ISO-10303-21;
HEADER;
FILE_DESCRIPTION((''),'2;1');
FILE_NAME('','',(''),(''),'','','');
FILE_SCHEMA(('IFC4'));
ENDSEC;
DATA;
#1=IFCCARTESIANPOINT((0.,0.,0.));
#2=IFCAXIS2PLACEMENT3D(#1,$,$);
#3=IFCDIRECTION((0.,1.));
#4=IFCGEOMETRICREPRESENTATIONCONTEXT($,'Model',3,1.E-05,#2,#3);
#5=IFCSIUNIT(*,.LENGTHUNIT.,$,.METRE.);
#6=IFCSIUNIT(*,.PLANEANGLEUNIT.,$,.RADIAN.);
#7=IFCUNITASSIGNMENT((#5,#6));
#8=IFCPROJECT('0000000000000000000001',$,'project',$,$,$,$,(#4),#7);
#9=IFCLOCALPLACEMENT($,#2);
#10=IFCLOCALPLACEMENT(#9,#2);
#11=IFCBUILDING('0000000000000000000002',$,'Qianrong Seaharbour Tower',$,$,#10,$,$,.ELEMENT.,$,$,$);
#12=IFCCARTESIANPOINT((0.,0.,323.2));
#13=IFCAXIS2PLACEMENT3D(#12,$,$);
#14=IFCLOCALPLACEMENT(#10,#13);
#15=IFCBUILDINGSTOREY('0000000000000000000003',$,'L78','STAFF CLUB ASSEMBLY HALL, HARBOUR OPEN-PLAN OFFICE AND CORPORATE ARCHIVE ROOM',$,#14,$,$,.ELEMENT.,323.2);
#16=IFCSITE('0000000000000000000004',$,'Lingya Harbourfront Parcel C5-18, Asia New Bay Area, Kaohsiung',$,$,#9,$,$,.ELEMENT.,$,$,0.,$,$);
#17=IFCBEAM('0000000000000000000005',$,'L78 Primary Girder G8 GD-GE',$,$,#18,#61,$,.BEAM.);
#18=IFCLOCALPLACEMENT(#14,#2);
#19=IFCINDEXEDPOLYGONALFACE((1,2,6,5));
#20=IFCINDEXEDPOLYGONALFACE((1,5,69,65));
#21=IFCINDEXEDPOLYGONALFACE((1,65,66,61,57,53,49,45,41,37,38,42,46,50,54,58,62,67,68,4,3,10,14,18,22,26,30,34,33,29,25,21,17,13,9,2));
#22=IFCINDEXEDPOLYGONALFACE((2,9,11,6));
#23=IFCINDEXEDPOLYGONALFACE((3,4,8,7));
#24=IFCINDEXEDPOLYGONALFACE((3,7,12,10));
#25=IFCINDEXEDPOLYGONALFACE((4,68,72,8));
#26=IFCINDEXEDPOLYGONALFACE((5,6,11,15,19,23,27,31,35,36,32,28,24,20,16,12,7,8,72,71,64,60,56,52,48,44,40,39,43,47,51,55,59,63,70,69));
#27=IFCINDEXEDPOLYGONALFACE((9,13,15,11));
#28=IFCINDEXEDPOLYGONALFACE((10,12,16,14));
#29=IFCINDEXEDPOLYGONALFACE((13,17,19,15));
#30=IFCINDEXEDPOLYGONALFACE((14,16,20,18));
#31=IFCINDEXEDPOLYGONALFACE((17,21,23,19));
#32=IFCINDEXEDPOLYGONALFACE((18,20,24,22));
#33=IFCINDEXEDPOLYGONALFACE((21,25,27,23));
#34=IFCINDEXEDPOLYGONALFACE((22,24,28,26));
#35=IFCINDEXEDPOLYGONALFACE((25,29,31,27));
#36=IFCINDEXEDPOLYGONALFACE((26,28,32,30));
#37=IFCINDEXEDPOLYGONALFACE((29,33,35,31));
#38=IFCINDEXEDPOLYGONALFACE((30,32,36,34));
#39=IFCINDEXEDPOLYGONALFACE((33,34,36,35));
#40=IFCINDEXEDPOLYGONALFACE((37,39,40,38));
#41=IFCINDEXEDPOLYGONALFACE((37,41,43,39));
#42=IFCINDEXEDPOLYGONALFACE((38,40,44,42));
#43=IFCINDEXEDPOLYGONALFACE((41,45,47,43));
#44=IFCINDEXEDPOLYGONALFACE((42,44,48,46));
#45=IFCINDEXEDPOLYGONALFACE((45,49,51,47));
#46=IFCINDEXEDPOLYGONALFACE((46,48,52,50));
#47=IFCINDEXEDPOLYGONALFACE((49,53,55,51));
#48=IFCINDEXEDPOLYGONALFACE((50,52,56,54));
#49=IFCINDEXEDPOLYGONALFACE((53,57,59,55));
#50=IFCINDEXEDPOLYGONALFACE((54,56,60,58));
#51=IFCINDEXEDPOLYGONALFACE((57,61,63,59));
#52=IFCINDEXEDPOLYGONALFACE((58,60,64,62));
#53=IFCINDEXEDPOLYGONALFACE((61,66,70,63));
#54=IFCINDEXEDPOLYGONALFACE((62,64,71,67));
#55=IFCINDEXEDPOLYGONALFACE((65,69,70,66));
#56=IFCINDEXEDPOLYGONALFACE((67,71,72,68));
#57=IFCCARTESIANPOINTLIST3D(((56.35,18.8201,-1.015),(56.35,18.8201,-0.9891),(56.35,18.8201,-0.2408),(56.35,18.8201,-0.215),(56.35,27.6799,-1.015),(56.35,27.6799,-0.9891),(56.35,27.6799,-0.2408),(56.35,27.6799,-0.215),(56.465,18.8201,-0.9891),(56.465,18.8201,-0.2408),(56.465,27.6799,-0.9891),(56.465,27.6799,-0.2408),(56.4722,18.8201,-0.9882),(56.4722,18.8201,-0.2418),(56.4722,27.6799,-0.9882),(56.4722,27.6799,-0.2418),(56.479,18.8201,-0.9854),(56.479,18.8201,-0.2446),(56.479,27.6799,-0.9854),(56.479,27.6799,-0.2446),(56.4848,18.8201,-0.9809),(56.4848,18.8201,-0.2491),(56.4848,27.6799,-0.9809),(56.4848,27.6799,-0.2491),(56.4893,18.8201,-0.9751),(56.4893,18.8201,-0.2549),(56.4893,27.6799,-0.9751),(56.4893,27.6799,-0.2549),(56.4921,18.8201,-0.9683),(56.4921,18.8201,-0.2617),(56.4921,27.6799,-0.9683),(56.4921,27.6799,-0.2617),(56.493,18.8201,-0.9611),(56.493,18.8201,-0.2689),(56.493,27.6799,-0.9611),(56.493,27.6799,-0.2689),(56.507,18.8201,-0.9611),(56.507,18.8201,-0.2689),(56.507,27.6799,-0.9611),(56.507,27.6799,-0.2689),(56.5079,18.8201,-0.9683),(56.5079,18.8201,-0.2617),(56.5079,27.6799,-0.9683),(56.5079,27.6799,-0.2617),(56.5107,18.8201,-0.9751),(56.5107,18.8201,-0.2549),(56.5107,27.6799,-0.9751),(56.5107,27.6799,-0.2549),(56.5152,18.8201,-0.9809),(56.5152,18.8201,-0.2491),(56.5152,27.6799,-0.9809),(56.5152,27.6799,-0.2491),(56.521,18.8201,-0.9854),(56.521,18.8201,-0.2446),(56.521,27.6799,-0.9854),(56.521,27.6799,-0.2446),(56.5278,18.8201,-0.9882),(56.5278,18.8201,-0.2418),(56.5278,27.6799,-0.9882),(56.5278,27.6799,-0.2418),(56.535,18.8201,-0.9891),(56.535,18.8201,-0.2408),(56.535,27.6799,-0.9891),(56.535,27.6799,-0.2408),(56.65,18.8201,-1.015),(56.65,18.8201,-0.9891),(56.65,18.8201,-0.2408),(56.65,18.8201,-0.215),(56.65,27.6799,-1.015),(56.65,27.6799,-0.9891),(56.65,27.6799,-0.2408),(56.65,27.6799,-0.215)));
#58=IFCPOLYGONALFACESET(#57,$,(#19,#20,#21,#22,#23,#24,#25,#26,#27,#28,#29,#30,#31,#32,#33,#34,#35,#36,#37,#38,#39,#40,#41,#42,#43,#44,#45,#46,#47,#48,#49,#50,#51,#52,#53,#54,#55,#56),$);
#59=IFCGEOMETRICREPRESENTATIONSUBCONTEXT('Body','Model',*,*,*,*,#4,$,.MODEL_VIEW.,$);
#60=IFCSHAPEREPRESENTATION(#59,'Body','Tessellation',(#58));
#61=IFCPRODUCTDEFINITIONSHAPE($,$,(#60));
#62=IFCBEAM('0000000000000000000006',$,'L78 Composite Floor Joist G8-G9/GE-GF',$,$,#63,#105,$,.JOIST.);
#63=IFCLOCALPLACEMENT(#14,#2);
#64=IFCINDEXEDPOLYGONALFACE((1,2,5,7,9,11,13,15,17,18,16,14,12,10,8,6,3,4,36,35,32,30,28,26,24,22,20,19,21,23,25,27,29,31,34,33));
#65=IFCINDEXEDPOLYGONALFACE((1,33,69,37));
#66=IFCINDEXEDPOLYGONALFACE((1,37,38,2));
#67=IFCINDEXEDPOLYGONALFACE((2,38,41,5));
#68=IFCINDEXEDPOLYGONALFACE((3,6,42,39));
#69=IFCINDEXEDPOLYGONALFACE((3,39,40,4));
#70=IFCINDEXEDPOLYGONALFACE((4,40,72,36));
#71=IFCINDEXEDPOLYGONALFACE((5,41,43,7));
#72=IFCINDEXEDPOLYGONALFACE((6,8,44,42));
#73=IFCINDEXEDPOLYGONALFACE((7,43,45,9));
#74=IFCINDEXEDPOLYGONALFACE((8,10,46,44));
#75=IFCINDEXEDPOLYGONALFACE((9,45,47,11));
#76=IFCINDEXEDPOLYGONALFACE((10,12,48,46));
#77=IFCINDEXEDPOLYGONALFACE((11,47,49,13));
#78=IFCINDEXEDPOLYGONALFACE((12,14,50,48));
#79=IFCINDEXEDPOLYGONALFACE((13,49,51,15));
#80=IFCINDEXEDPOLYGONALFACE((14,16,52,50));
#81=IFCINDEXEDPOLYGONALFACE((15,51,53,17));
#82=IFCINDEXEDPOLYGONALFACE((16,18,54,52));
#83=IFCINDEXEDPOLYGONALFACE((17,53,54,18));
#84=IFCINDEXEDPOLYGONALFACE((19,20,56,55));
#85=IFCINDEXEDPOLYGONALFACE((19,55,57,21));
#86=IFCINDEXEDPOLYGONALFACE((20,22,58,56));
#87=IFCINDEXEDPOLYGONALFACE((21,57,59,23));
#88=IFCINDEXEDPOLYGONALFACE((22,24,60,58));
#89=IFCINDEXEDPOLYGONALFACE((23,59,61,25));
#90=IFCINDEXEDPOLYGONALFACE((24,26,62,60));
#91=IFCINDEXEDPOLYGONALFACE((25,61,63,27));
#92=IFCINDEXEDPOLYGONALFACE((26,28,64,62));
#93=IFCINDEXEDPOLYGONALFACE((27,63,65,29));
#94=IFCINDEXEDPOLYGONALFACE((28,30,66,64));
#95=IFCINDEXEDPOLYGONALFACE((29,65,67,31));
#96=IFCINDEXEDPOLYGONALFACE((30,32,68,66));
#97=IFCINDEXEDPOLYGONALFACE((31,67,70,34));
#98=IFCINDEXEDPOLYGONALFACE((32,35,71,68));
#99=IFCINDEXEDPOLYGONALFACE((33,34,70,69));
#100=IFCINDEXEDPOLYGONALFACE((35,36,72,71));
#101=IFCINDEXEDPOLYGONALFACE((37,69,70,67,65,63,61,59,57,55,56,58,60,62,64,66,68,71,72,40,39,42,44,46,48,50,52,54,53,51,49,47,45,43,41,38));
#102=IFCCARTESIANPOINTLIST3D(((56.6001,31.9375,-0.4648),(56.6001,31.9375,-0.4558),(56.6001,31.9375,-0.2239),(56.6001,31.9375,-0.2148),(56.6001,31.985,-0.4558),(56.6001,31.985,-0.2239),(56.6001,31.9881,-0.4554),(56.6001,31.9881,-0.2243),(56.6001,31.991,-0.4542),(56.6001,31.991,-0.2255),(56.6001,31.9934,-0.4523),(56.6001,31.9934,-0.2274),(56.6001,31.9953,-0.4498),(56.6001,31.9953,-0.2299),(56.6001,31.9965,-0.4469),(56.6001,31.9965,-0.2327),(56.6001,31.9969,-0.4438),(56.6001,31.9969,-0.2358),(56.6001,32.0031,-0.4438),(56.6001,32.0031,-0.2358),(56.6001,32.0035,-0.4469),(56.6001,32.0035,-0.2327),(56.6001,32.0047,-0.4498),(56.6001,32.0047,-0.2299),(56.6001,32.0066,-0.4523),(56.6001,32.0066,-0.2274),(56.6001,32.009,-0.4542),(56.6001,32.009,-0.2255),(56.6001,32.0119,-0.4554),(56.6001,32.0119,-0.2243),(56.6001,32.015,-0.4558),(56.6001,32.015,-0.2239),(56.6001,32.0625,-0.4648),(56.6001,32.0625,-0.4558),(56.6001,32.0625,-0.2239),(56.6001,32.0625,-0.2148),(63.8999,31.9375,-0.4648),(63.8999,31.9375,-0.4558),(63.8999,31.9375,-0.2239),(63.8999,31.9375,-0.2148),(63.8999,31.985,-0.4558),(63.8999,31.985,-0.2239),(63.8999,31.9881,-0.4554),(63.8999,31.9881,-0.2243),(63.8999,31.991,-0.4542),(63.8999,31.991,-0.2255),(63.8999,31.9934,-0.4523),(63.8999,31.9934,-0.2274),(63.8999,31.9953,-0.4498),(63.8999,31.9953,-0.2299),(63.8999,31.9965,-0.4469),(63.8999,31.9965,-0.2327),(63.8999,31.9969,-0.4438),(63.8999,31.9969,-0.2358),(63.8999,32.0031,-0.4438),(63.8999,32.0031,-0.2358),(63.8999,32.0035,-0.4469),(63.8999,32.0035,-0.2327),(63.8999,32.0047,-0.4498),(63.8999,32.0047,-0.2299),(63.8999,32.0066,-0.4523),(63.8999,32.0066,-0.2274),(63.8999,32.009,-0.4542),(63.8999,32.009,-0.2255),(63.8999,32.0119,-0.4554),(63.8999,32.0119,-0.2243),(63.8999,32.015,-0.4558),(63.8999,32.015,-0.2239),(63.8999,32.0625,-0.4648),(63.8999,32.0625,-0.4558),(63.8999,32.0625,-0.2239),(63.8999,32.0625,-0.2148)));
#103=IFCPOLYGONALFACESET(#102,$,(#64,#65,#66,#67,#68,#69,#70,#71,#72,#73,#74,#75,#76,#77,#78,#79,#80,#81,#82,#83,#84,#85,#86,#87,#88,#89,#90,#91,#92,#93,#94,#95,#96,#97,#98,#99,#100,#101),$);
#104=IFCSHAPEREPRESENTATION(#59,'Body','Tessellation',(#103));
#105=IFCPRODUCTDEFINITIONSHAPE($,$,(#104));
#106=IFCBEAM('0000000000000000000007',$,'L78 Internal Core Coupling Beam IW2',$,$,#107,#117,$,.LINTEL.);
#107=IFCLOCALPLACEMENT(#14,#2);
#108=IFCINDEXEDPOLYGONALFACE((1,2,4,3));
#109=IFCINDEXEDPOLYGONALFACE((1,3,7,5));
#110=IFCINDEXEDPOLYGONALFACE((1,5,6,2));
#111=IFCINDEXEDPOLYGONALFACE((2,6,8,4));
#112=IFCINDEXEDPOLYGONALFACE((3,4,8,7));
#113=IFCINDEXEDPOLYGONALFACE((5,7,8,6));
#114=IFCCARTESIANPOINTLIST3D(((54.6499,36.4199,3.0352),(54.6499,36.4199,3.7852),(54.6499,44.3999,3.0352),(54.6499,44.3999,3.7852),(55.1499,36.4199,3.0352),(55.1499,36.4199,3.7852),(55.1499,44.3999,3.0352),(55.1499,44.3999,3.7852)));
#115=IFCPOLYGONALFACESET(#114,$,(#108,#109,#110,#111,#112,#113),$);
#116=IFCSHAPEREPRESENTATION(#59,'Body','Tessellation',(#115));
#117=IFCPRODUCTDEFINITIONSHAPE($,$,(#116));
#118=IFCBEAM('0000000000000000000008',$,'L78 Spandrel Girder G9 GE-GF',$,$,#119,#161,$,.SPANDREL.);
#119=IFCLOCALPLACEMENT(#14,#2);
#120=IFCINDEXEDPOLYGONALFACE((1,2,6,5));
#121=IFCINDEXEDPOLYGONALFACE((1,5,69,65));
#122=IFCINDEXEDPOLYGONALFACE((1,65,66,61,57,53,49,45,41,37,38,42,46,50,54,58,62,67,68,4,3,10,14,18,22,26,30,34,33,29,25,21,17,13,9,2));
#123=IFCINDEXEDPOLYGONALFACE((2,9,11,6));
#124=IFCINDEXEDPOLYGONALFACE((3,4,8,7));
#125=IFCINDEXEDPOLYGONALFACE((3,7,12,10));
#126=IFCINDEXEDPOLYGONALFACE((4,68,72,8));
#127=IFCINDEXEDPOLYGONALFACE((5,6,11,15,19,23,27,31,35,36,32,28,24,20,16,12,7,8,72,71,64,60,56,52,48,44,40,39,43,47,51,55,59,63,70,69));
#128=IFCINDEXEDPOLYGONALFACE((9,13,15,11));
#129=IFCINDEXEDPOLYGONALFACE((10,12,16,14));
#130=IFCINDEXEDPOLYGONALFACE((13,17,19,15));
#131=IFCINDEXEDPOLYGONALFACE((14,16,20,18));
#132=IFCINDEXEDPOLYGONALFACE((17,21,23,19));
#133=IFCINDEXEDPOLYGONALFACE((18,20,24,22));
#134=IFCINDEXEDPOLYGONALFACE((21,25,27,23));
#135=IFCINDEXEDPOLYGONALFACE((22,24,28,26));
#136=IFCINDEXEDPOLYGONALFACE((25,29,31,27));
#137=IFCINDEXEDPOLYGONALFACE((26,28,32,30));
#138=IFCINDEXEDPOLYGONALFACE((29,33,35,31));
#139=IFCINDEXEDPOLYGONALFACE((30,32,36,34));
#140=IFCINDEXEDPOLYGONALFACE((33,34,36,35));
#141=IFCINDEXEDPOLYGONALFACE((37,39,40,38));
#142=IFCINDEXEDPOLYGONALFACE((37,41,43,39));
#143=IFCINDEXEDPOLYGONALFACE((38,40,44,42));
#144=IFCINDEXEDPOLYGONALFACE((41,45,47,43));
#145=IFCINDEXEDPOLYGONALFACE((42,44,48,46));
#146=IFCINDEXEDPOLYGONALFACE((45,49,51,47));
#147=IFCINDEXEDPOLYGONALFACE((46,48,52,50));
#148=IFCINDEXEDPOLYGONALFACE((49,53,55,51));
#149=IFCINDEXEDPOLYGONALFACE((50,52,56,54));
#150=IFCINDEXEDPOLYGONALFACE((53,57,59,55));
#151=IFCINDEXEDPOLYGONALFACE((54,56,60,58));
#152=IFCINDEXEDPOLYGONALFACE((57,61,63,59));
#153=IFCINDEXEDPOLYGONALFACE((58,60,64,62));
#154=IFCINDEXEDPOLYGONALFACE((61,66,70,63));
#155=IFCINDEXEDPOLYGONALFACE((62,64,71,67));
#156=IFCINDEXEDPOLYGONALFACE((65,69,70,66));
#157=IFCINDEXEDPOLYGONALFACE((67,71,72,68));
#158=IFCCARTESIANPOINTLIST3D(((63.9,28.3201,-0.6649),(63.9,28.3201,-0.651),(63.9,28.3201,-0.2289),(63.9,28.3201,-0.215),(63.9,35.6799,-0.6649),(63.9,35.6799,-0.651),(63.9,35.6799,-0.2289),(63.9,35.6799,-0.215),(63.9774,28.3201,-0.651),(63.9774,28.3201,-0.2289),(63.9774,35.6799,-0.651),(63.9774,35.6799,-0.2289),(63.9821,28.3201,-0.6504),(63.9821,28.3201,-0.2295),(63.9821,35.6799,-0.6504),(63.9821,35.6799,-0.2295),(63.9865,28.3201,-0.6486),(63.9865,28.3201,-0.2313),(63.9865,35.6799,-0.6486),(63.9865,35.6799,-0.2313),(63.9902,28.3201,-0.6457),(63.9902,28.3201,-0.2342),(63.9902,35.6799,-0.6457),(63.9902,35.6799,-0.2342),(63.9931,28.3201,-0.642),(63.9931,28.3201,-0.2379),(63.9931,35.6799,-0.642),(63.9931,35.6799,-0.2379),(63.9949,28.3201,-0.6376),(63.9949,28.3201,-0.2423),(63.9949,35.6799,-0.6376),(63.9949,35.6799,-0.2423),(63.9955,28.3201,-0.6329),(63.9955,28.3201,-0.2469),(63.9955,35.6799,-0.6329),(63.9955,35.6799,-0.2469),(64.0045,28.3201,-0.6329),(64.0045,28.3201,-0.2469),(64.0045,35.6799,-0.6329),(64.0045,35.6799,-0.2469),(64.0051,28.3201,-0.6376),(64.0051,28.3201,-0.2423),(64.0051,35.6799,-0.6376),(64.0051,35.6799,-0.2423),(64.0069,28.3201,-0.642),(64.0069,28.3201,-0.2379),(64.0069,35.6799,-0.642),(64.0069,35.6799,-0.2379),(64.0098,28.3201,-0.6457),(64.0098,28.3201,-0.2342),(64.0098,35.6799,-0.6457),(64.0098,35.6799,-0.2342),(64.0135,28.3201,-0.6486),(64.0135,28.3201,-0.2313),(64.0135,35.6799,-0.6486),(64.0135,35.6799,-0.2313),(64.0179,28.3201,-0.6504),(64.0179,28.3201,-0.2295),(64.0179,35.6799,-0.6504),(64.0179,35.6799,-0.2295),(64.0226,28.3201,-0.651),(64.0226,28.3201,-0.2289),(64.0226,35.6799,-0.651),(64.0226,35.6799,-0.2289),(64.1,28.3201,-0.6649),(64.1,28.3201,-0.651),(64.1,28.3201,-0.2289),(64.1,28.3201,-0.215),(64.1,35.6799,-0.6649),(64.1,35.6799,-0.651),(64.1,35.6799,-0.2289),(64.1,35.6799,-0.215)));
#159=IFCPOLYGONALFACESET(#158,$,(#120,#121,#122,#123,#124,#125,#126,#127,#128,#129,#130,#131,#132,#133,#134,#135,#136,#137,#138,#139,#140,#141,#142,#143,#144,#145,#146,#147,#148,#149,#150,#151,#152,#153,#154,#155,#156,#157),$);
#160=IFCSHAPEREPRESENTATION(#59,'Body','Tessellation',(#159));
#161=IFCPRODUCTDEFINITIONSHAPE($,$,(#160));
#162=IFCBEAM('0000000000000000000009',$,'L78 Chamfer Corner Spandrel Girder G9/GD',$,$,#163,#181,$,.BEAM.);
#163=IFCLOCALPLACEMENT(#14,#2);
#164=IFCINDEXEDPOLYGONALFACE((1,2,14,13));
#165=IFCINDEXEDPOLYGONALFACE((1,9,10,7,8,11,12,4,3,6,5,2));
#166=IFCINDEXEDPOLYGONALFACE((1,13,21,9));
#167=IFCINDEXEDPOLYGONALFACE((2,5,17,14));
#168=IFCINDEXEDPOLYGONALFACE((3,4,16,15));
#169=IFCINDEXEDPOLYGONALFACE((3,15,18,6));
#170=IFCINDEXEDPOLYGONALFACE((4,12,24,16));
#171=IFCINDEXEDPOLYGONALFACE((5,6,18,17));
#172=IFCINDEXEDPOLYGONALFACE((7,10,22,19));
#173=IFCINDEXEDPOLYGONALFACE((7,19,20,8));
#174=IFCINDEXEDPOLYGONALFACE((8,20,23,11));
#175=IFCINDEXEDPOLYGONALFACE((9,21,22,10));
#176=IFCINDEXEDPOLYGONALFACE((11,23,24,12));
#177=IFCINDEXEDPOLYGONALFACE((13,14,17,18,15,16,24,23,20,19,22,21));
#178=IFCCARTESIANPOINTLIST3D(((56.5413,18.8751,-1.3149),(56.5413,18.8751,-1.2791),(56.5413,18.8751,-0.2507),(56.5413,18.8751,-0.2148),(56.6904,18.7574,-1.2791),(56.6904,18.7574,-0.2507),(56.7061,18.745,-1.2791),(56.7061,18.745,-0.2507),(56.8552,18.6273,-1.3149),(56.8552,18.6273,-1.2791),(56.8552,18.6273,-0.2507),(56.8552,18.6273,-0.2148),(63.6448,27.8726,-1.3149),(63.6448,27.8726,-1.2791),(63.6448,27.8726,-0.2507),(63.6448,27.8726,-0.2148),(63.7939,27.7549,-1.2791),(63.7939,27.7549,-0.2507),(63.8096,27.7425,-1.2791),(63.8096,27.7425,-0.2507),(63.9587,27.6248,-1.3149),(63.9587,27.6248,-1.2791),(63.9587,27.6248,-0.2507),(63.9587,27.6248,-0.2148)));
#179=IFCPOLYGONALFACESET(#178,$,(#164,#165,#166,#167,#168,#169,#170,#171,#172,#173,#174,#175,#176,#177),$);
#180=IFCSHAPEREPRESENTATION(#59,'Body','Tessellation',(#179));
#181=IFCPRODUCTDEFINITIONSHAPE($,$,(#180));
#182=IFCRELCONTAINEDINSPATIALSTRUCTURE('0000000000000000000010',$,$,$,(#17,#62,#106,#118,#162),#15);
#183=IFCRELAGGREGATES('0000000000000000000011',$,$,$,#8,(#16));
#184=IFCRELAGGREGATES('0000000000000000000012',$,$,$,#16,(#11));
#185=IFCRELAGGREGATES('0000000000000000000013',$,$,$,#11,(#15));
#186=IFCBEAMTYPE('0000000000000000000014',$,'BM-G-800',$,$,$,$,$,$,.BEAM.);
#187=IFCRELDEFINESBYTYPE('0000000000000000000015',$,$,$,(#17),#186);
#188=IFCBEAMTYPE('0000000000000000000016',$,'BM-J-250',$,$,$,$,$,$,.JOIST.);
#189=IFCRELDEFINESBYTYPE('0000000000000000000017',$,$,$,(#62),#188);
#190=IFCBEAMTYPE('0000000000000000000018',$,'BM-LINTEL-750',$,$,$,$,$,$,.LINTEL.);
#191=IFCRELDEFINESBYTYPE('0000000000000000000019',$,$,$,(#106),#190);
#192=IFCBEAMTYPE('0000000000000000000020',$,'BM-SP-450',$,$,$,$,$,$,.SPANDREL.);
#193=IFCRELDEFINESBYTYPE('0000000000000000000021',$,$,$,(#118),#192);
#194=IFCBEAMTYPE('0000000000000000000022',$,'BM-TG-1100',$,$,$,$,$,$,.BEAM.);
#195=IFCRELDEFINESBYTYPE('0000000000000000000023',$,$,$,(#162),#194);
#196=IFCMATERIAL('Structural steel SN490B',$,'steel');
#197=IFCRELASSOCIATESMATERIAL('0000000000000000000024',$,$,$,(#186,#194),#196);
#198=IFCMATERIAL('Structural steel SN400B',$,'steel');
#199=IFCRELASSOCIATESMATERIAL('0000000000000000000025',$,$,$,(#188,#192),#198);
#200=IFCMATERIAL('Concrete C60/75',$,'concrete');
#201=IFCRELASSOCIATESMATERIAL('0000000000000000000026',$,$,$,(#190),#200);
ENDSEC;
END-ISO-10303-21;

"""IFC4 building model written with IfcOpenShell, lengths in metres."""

from ifc_helpers import new_model, si_unit, direction, frame, origin, origin_2d, place, context, subcontext, project, spatial, rectangle, i_section, extrude, material, material_profile, profile_set, type_object, element, save


model = new_model("IFC4")

# Units and contexts
model_context = context("Model", 3, precision=1e-05, world=origin(), true_north=direction((0.0, 1.0)))
body_context = subcontext(model_context, "Body", "Model", "MODEL_VIEW")
ifc_project = project(units=[si_unit("LENGTHUNIT", "METRE"), si_unit("PLANEANGLEUNIT", "RADIAN")], contexts=[model_context])

# Site, building, storey
site_placement = place(None, origin())
site = spatial("IfcSite", under=ifc_project, at=site_placement, Name="Lingya Harbourfront Parcel C5-18, Asia New Bay Area, Kaohsiung", CompositionType="ELEMENT", RefElevation=0.0)
building_placement = place(site_placement, origin())
building = spatial("IfcBuilding", under=site, at=building_placement, Name="Qianrong Seaharbour Tower", CompositionType="ELEMENT")
storey_placement = place(building_placement, frame((0.0, 0.0, 323.2)))
storey = spatial("IfcBuildingStorey", under=building, at=storey_placement, Name="L78", Description="STAFF CLUB ASSEMBLY HALL, HARBOUR OPEN-PLAN OFFICE AND CORPORATE ARCHIVE ROOM", CompositionType="ELEMENT", Elevation=323.2)

# Shared definitions
ifc_material_1 = material(Name="Structural steel SN490B", Category="steel")
ifc_material_2 = material(Name="Structural steel SN400B", Category="steel")

# Beams
ifc_material_profile_1 = material_profile(ifc_material_1, i_section(OverallWidth=0.3, OverallDepth=0.8, WebThickness=0.0139, FlangeThickness=0.0259, FilletRadius=0.0281, at=origin_2d()), Name="H800x300x14x26")
ifc_profile_set_1 = profile_set([ifc_material_profile_1], Name="Structural steel SN490B")
beam_type_1 = type_object("IfcBeamType", Name="BM-G-800", PredefinedType="BEAM", material=ifc_profile_set_1)
beam_1_placement = place(storey_placement, frame((56.5, 18.8201, -0.615), z_axis=(0.0, 1.0, 0.0), x_axis=(-1.0, 0.0, 0.0)))
element("IfcBeam", 1, at=beam_1_placement, inside=storey, type_object=beam_type_1, Name="L78 Primary Girder G8 GD-GE", PredefinedType="BEAM", context=body_context, shape_type="SweptSolid", body=[
    extrude(i_section(OverallWidth=0.3, OverallDepth=0.8, WebThickness=0.0139, FlangeThickness=0.0259, FilletRadius=0.0281, at=origin_2d()), origin(), (0.0, 0.0, 1.0), 8.8599),
])
ifc_material_profile_2 = material_profile(ifc_material_2, i_section(OverallWidth=0.125, OverallDepth=0.25, WebThickness=0.0061, FlangeThickness=0.009, FilletRadius=0.012, at=origin_2d()), Name="H250x125x6x9")
ifc_profile_set_2 = profile_set([ifc_material_profile_2], Name="Structural steel SN400B")
beam_type_2 = type_object("IfcBeamType", Name="BM-J-250", PredefinedType="JOIST", material=ifc_profile_set_2)
beam_2_placement = place(storey_placement, frame((56.6001, 32.0, -0.3398), z_axis=(1.0, 0.0, 0.0), x_axis=(0.0, 1.0, 0.0)))
element("IfcBeam", 2, at=beam_2_placement, inside=storey, type_object=beam_type_2, Name="L78 Composite Floor Joist G8-G9/GE-GF", PredefinedType="JOIST", context=body_context, shape_type="SweptSolid", body=[
    extrude(i_section(OverallWidth=0.125, OverallDepth=0.25, WebThickness=0.0061, FlangeThickness=0.009, FilletRadius=0.012, at=origin_2d()), origin(), (0.0, 0.0, 1.0), 7.2998),
])
ifc_material_3 = material(Name="Concrete C60/75", Category="concrete")
ifc_material_profile_3 = material_profile(ifc_material_3, rectangle(XDim=0.5, YDim=0.75, at=origin_2d()), Name="RC500x750")
ifc_profile_set_3 = profile_set([ifc_material_profile_3], Name="Concrete C60/75")
beam_type_3 = type_object("IfcBeamType", Name="BM-LINTEL-750", PredefinedType="LINTEL", material=ifc_profile_set_3)
beam_3_placement = place(storey_placement, frame((54.8999, 36.4199, 3.4102), z_axis=(0.0, 1.0, 0.0), x_axis=(-1.0, 0.0, 0.0)))
element("IfcBeam", 3, at=beam_3_placement, inside=storey, type_object=beam_type_3, Name="L78 Internal Core Coupling Beam IW2", PredefinedType="LINTEL", context=body_context, shape_type="SweptSolid", body=[
    extrude(rectangle(XDim=0.5, YDim=0.75, at=origin_2d()), origin(), (0.0, 0.0, 1.0), 7.98),
])
ifc_material_profile_4 = material_profile(ifc_material_2, i_section(OverallWidth=0.2, OverallDepth=0.45, WebThickness=0.009, FlangeThickness=0.0139, FilletRadius=0.0181, at=origin_2d()), Name="H450x200x9x14")
ifc_profile_set_4 = profile_set([ifc_material_profile_4], Name="Structural steel SN400B")
beam_type_4 = type_object("IfcBeamType", Name="BM-SP-450", PredefinedType="SPANDREL", material=ifc_profile_set_4)
beam_4_placement = place(storey_placement, frame((64.0, 28.3201, -0.4399), z_axis=(0.0, 1.0, 0.0), x_axis=(-1.0, 0.0, 0.0)))
element("IfcBeam", 4, at=beam_4_placement, inside=storey, type_object=beam_type_4, Name="L78 Spandrel Girder G9 GE-GF", PredefinedType="SPANDREL", context=body_context, shape_type="SweptSolid", body=[
    extrude(i_section(OverallWidth=0.2, OverallDepth=0.45, WebThickness=0.009, FlangeThickness=0.0139, FilletRadius=0.0181, at=origin_2d()), origin(), (0.0, 0.0, 1.0), 7.3599),
])
ifc_material_profile_5 = material_profile(ifc_material_1, i_section(OverallWidth=0.3999, OverallDepth=1.1001, WebThickness=0.02, FlangeThickness=0.0359, at=origin_2d()), Name="BH1100x400x20x36")
ifc_profile_set_5 = profile_set([ifc_material_profile_5], Name="Structural steel SN490B")
beam_type_5 = type_object("IfcBeamType", Name="BM-TG-1100", PredefinedType="BEAM", material=ifc_profile_set_5)
beam_5_placement = place(storey_placement, frame((56.6982, 18.7512, -0.7649), z_axis=(0.619654, 0.784875, 0.0), x_axis=(-0.784875, 0.619654, 0.0)))
element("IfcBeam", 5, at=beam_5_placement, inside=storey, type_object=beam_type_5, Name="L78 Chamfer Corner Spandrel Girder G9/GD", PredefinedType="BEAM", context=body_context, shape_type="SweptSolid", body=[
    extrude(i_section(OverallWidth=0.3999, OverallDepth=1.1001, WebThickness=0.02, FlangeThickness=0.0359, at=origin_2d()), origin(), (0.0, 0.0, 1.0), 11.4636),
])

save(model, "model.ifc")
